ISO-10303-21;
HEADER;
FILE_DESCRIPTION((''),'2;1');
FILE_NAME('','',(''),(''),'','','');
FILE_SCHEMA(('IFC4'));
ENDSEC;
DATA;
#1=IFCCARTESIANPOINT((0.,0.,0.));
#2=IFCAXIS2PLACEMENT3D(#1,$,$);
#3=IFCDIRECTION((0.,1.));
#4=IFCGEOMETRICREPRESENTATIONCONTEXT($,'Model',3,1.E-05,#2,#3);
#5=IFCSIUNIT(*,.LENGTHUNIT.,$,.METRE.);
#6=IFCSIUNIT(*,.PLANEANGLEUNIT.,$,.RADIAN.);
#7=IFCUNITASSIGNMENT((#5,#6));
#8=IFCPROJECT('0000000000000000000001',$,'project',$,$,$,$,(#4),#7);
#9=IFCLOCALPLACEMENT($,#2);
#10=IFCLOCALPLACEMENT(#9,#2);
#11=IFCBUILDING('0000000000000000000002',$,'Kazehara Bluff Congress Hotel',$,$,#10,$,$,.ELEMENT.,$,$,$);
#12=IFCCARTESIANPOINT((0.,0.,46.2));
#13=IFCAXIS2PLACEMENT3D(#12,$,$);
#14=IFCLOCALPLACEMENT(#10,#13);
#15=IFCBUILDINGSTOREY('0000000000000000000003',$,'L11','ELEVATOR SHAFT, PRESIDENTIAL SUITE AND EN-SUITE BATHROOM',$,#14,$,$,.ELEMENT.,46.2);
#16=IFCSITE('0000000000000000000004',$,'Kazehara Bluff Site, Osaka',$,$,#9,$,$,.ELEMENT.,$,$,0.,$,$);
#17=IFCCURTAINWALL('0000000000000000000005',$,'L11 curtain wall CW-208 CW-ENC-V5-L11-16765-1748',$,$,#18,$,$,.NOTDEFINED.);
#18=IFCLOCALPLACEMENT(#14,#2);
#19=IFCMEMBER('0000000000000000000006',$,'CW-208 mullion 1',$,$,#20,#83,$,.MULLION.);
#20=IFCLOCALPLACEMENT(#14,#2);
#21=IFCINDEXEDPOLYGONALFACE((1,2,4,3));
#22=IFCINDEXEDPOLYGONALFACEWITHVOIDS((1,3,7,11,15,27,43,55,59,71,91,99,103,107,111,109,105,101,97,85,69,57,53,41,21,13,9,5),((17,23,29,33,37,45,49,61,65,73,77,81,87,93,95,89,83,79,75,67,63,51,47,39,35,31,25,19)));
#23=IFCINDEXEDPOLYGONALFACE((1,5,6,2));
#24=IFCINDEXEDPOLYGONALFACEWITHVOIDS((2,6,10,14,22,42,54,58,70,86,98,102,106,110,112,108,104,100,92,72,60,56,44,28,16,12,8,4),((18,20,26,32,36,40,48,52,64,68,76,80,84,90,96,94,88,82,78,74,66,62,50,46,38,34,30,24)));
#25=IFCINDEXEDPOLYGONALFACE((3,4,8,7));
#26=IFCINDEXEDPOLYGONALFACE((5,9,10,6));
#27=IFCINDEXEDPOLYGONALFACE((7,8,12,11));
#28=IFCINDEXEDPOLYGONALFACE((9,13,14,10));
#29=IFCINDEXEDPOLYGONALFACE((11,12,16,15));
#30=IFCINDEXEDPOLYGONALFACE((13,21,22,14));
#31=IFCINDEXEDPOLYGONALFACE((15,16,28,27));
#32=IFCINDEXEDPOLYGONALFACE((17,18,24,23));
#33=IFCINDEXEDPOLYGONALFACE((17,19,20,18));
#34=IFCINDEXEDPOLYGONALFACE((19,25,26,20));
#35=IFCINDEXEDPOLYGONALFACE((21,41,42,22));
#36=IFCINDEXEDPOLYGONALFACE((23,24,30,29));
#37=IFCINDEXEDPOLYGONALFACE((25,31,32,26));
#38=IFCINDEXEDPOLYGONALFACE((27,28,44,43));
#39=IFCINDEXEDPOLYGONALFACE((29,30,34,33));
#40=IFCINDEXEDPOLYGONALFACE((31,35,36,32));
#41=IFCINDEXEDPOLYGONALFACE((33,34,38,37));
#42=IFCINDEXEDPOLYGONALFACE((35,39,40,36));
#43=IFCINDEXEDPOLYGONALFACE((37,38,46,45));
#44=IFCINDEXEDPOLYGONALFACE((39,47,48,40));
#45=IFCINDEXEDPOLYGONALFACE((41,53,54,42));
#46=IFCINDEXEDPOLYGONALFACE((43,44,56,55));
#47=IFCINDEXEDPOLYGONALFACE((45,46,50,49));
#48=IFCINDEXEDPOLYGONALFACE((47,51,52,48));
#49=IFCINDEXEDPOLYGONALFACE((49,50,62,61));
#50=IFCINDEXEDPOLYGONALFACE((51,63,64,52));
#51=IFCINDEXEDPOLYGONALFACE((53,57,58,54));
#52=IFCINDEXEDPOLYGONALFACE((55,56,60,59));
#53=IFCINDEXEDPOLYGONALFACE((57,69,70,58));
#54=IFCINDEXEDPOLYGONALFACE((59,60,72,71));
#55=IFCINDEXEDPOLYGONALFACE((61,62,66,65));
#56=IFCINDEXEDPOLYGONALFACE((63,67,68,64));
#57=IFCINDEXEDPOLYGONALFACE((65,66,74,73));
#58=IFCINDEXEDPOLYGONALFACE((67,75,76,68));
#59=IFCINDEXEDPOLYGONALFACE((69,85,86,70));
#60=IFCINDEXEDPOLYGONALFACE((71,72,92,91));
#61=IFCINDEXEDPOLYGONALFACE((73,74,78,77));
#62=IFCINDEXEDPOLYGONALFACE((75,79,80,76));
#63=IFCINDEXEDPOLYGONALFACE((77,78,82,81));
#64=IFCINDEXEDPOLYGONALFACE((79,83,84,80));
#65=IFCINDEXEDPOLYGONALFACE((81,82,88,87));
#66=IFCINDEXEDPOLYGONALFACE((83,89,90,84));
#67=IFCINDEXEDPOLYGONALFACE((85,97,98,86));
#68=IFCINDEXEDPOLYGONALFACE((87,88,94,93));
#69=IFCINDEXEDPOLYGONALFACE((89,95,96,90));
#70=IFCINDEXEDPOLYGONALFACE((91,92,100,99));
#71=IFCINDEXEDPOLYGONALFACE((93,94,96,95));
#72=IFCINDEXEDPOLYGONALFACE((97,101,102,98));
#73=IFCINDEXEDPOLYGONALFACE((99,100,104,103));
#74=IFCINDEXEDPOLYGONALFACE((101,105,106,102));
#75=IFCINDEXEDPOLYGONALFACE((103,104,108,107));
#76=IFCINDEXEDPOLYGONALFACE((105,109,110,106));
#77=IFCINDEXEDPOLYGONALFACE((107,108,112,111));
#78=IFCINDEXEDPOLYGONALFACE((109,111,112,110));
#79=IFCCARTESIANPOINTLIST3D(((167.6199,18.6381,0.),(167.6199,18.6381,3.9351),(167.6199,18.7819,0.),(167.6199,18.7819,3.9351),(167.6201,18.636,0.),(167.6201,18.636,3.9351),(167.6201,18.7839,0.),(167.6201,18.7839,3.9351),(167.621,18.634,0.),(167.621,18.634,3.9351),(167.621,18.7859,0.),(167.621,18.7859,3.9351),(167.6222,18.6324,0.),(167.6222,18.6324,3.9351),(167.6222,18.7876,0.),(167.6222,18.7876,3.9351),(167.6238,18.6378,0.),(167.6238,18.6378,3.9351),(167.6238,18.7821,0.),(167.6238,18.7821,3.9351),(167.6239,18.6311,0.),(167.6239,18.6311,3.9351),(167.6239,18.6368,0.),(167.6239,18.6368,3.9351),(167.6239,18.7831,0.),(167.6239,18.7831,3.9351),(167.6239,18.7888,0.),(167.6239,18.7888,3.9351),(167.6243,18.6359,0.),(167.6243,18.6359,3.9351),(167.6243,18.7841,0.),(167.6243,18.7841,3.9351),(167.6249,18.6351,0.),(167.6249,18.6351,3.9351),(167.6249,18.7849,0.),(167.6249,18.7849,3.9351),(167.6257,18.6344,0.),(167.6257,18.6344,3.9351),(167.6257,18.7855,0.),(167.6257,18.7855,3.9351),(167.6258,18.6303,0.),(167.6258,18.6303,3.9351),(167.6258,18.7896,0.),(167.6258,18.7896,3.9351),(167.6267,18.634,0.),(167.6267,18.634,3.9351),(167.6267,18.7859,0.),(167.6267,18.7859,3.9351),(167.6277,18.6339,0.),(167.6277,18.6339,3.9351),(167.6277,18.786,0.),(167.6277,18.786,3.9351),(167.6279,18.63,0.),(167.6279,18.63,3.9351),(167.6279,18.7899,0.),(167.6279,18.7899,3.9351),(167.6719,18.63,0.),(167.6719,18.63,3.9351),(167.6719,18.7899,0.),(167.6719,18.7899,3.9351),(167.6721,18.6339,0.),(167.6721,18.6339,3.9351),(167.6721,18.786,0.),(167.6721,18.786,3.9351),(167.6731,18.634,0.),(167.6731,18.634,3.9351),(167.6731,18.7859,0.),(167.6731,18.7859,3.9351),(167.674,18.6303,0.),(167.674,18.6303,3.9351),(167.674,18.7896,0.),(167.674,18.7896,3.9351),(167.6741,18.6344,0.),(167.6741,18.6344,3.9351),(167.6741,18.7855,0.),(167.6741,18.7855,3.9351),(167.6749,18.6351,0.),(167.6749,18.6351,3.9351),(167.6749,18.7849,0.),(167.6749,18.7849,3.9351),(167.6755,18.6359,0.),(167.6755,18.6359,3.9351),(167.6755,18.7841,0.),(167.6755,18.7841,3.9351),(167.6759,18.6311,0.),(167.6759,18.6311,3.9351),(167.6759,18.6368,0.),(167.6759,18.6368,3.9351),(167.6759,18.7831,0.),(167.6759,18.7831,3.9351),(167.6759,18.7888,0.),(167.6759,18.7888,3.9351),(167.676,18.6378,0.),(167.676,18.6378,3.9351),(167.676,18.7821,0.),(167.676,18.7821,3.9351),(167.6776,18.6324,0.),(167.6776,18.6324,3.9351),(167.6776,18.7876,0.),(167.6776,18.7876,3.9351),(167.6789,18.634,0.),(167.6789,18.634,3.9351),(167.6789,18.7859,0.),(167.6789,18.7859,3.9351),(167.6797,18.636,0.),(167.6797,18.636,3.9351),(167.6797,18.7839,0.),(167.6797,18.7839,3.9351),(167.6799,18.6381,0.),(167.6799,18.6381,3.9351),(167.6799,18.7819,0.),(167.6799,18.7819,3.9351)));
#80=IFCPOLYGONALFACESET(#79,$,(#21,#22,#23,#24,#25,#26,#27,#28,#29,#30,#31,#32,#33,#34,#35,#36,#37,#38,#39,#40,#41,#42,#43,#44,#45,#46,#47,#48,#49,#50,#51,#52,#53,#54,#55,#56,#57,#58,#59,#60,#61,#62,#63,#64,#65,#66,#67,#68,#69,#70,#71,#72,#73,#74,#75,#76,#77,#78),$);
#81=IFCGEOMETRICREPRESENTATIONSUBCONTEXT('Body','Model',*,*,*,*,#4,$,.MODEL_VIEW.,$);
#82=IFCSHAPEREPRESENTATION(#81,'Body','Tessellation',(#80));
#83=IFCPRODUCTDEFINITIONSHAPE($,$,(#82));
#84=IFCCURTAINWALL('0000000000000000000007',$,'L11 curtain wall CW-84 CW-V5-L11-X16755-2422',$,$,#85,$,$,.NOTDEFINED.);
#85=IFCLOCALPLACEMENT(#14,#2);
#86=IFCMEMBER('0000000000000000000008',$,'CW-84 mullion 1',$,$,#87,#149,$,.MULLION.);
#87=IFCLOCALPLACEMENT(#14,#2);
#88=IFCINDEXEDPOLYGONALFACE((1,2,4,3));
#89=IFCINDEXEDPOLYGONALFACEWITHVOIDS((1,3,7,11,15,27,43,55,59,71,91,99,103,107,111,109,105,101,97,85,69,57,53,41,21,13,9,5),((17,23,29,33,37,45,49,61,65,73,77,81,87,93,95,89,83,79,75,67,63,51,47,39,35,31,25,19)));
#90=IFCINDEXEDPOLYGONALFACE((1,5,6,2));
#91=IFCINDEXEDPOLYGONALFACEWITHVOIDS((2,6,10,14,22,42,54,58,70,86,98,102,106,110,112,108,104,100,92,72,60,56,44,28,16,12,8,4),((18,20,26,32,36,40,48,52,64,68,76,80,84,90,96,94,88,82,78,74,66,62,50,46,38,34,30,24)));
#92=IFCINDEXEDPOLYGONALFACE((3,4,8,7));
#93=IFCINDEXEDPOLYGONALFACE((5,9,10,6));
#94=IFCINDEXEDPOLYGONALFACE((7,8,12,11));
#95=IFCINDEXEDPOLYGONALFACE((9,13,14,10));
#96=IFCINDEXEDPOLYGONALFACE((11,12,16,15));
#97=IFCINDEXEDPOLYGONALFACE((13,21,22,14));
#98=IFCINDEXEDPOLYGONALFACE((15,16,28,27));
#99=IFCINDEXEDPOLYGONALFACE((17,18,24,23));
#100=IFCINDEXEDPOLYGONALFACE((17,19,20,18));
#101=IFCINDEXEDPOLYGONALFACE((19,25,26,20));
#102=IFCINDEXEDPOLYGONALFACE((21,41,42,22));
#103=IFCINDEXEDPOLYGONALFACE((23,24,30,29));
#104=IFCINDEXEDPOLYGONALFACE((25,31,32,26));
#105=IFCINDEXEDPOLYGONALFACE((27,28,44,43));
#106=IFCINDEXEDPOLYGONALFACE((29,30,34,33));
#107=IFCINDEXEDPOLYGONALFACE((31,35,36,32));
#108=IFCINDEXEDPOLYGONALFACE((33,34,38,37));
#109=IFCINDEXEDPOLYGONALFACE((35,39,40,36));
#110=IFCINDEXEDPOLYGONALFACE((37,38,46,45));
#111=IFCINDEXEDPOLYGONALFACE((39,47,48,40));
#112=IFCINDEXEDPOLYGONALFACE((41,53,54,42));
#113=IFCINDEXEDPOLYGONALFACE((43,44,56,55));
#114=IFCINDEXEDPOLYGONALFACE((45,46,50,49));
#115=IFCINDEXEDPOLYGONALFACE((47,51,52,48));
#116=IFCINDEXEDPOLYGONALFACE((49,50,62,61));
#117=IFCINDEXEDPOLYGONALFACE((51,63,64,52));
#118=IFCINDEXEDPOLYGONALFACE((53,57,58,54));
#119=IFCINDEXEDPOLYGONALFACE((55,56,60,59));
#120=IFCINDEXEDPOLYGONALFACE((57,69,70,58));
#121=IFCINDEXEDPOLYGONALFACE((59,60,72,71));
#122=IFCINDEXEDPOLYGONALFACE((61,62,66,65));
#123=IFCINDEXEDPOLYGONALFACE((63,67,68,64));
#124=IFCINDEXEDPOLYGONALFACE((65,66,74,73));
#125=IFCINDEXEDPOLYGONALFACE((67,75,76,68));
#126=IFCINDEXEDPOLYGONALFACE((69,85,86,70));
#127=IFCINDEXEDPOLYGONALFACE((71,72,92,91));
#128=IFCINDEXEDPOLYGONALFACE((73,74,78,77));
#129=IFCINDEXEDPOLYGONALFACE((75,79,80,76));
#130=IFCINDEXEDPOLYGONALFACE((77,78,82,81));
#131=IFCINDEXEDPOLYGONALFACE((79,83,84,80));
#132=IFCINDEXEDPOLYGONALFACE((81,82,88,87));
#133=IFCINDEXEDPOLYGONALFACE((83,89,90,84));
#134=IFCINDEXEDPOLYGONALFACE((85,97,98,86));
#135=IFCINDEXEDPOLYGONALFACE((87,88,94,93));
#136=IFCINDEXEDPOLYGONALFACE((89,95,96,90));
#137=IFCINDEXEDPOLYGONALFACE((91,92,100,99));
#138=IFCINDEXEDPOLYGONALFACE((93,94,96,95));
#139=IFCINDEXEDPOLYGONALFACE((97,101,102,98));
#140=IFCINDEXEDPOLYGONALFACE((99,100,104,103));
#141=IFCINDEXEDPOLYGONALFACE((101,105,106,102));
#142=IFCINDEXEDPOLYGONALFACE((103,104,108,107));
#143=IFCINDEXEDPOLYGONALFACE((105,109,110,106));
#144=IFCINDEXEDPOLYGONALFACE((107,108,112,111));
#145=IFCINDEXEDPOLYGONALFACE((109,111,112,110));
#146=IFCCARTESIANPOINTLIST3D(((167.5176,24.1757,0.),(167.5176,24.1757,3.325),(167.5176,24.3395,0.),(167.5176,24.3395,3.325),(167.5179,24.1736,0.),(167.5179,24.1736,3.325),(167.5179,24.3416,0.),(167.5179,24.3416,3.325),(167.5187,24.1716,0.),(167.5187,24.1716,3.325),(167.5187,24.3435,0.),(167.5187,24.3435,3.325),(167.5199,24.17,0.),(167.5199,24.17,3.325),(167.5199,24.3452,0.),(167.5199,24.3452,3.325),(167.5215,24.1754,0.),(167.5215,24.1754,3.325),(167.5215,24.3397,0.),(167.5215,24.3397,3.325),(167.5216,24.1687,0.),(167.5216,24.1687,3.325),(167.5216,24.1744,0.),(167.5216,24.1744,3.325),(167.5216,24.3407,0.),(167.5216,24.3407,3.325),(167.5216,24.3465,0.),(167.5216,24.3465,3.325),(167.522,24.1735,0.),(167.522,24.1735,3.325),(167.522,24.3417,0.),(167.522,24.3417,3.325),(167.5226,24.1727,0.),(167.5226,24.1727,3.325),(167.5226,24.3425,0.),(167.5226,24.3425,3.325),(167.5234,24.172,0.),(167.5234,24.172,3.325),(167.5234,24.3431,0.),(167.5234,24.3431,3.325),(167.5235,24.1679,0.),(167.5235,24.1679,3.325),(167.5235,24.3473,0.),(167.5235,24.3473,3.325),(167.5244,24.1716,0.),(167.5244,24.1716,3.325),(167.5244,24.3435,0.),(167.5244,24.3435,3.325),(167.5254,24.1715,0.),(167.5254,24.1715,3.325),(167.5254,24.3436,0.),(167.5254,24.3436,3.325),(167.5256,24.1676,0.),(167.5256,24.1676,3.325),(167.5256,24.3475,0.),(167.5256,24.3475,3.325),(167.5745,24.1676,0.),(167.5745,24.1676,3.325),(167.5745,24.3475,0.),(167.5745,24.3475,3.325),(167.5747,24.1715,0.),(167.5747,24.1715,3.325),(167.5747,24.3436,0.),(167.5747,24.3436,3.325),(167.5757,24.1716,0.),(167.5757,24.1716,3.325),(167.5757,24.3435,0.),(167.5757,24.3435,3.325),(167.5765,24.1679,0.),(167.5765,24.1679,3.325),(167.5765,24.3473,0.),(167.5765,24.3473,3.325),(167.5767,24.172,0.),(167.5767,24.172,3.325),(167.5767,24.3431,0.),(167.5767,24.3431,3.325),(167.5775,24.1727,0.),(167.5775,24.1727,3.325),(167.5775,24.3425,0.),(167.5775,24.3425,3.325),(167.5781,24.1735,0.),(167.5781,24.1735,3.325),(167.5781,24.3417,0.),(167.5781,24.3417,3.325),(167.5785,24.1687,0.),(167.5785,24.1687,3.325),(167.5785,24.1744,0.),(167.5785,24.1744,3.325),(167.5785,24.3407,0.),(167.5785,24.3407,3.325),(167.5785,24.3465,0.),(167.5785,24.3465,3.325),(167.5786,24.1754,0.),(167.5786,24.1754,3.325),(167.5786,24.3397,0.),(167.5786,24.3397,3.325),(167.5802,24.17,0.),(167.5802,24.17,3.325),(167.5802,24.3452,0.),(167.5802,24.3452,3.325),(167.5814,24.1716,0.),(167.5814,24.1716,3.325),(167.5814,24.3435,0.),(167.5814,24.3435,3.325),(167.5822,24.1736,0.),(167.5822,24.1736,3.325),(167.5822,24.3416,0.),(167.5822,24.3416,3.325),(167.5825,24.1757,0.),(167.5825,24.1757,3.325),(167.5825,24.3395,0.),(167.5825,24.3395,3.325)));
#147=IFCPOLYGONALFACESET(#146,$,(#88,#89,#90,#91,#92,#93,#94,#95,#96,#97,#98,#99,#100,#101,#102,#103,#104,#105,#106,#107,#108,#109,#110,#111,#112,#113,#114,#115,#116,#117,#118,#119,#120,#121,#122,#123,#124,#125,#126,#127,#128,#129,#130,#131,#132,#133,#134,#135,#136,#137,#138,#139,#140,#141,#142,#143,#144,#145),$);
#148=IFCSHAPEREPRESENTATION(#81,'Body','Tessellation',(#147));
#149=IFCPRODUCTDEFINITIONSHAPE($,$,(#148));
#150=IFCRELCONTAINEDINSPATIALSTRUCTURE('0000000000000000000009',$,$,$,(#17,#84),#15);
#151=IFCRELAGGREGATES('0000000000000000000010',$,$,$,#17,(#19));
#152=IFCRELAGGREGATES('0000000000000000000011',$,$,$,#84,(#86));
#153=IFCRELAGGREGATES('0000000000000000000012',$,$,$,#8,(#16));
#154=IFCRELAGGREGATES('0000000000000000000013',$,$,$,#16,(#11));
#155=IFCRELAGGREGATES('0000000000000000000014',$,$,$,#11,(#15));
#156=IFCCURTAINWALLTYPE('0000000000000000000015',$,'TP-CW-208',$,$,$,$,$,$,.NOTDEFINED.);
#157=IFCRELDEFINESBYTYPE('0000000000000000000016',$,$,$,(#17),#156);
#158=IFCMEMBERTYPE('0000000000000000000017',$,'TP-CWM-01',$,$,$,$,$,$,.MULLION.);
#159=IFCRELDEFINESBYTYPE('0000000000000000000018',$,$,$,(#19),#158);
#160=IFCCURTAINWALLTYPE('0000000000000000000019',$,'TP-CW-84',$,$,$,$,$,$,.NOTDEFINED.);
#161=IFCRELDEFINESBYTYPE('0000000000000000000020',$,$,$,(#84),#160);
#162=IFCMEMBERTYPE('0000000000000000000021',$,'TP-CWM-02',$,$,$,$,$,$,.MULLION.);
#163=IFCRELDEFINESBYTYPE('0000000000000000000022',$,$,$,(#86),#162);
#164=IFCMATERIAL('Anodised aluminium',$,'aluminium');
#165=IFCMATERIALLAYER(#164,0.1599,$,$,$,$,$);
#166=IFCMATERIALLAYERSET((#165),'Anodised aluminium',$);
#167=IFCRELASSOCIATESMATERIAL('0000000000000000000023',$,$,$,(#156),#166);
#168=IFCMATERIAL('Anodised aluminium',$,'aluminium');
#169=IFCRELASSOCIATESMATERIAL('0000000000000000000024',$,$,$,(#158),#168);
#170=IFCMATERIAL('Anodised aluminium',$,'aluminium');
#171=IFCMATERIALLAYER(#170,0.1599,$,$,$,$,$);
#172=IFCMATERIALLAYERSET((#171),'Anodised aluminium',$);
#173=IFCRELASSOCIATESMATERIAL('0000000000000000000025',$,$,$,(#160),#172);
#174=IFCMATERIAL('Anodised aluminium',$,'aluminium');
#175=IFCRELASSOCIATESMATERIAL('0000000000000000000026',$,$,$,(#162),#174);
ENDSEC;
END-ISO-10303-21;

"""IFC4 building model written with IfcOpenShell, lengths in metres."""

from ifc_helpers import new_model, si_unit, direction, frame, origin, origin_2d, place, context, subcontext, project, spatial, hollow_rectangle, extrude, material, layer, layer_set, material_profile, profile_set, type_object, element, aggregate, save


model = new_model("IFC4")

# Units and contexts
model_context = context("Model", 3, precision=1e-05, world=origin(), true_north=direction((0.0, 1.0)))
body_context = subcontext(model_context, "Body", "Model", "MODEL_VIEW")
ifc_project = project(units=[si_unit("LENGTHUNIT", "METRE"), si_unit("PLANEANGLEUNIT", "RADIAN")], contexts=[model_context])

# Site, building, storey
site_placement = place(None, origin())
site = spatial("IfcSite", under=ifc_project, at=site_placement, Name="Kazehara Bluff Site, Osaka", CompositionType="ELEMENT", RefElevation=0.0)
building_placement = place(site_placement, origin())
building = spatial("IfcBuilding", under=site, at=building_placement, Name="Kazehara Bluff Congress Hotel", CompositionType="ELEMENT")
storey_placement = place(building_placement, frame((0.0, 0.0, 46.2)))
storey = spatial("IfcBuildingStorey", under=building, at=storey_placement, Name="L11", Description="ELEVATOR SHAFT, PRESIDENTIAL SUITE AND EN-SUITE BATHROOM", CompositionType="ELEMENT", Elevation=46.2)

# Curtain walls, members
ifc_material_1 = material(Name="Anodised aluminium", Category="aluminium")
ifc_layer_1 = layer(ifc_material_1, 0.1599)
ifc_layer_set_1 = layer_set([ifc_layer_1], Name="Anodised aluminium")
curtain_wall_type_1 = type_object("IfcCurtainWallType", Name="TP-CW-208", PredefinedType="NOTDEFINED", material=ifc_layer_set_1)
curtain_wall_1_placement = place(storey_placement, origin())
curtain_wall_1 = element("IfcCurtainWall", 1, at=curtain_wall_1_placement, inside=storey, type_object=curtain_wall_type_1, Name="L11 curtain wall CW-208 CW-ENC-V5-L11-16765-1748", PredefinedType="NOTDEFINED")
ifc_material_2 = material(Name="Anodised aluminium", Category="aluminium")
ifc_material_profile_1 = material_profile(ifc_material_2, hollow_rectangle(XDim=0.0601, YDim=0.1599, WallThickness=0.0039, InnerFilletRadius=0.0039, OuterFilletRadius=0.0081, at=origin_2d()))
ifc_profile_set_1 = profile_set([ifc_material_profile_1], Name="Anodised aluminium")
member_type_1 = type_object("IfcMemberType", Name="TP-CWM-01", PredefinedType="MULLION", material=ifc_profile_set_1)
member_1_placement = place(storey_placement, frame((167.6499, 18.71, 0.0), z_axis=(0.0, 0.0, 1.0), x_axis=(1.0, 0.0, 0.0)))
member_1 = element("IfcMember", 2, at=member_1_placement, type_object=member_type_1, Name="CW-208 mullion 1", PredefinedType="MULLION", context=body_context, shape_type="SweptSolid", body=[
    extrude(hollow_rectangle(XDim=0.0601, YDim=0.1599, WallThickness=0.0039, InnerFilletRadius=0.0039, OuterFilletRadius=0.0081, at=origin_2d()), origin(), (0.0, 0.0, 1.0), 3.9351),
])
ifc_material_3 = material(Name="Anodised aluminium", Category="aluminium")
ifc_layer_2 = layer(ifc_material_3, 0.1599)
ifc_layer_set_2 = layer_set([ifc_layer_2], Name="Anodised aluminium")
curtain_wall_type_2 = type_object("IfcCurtainWallType", Name="TP-CW-84", PredefinedType="NOTDEFINED", material=ifc_layer_set_2)
curtain_wall_2_placement = place(storey_placement, origin())
curtain_wall_2 = element("IfcCurtainWall", 3, at=curtain_wall_2_placement, inside=storey, type_object=curtain_wall_type_2, Name="L11 curtain wall CW-84 CW-V5-L11-X16755-2422", PredefinedType="NOTDEFINED")
ifc_material_4 = material(Name="Anodised aluminium", Category="aluminium")
ifc_material_profile_2 = material_profile(ifc_material_4, hollow_rectangle(XDim=0.0649, YDim=0.1799, WallThickness=0.0039, InnerFilletRadius=0.0039, OuterFilletRadius=0.0081, at=origin_2d()))
ifc_profile_set_2 = profile_set([ifc_material_profile_2], Name="Anodised aluminium")
member_type_2 = type_object("IfcMemberType", Name="TP-CWM-02", PredefinedType="MULLION", material=ifc_profile_set_2)
member_2_placement = place(storey_placement, frame((167.55, 24.2576, 0.0), z_axis=(0.0, 0.0, 1.0), x_axis=(-1.0, 0.0, 0.0)))
member_2 = element("IfcMember", 4, at=member_2_placement, type_object=member_type_2, Name="CW-84 mullion 1", PredefinedType="MULLION", context=body_context, shape_type="SweptSolid", body=[
    extrude(hollow_rectangle(XDim=0.0649, YDim=0.1799, WallThickness=0.0039, InnerFilletRadius=0.0039, OuterFilletRadius=0.0081, at=origin_2d()), origin(), (0.0, 0.0, 1.0), 3.325),
])

aggregate(curtain_wall_1, [member_1])

aggregate(curtain_wall_2, [member_2])

save(model, "model.ifc")
